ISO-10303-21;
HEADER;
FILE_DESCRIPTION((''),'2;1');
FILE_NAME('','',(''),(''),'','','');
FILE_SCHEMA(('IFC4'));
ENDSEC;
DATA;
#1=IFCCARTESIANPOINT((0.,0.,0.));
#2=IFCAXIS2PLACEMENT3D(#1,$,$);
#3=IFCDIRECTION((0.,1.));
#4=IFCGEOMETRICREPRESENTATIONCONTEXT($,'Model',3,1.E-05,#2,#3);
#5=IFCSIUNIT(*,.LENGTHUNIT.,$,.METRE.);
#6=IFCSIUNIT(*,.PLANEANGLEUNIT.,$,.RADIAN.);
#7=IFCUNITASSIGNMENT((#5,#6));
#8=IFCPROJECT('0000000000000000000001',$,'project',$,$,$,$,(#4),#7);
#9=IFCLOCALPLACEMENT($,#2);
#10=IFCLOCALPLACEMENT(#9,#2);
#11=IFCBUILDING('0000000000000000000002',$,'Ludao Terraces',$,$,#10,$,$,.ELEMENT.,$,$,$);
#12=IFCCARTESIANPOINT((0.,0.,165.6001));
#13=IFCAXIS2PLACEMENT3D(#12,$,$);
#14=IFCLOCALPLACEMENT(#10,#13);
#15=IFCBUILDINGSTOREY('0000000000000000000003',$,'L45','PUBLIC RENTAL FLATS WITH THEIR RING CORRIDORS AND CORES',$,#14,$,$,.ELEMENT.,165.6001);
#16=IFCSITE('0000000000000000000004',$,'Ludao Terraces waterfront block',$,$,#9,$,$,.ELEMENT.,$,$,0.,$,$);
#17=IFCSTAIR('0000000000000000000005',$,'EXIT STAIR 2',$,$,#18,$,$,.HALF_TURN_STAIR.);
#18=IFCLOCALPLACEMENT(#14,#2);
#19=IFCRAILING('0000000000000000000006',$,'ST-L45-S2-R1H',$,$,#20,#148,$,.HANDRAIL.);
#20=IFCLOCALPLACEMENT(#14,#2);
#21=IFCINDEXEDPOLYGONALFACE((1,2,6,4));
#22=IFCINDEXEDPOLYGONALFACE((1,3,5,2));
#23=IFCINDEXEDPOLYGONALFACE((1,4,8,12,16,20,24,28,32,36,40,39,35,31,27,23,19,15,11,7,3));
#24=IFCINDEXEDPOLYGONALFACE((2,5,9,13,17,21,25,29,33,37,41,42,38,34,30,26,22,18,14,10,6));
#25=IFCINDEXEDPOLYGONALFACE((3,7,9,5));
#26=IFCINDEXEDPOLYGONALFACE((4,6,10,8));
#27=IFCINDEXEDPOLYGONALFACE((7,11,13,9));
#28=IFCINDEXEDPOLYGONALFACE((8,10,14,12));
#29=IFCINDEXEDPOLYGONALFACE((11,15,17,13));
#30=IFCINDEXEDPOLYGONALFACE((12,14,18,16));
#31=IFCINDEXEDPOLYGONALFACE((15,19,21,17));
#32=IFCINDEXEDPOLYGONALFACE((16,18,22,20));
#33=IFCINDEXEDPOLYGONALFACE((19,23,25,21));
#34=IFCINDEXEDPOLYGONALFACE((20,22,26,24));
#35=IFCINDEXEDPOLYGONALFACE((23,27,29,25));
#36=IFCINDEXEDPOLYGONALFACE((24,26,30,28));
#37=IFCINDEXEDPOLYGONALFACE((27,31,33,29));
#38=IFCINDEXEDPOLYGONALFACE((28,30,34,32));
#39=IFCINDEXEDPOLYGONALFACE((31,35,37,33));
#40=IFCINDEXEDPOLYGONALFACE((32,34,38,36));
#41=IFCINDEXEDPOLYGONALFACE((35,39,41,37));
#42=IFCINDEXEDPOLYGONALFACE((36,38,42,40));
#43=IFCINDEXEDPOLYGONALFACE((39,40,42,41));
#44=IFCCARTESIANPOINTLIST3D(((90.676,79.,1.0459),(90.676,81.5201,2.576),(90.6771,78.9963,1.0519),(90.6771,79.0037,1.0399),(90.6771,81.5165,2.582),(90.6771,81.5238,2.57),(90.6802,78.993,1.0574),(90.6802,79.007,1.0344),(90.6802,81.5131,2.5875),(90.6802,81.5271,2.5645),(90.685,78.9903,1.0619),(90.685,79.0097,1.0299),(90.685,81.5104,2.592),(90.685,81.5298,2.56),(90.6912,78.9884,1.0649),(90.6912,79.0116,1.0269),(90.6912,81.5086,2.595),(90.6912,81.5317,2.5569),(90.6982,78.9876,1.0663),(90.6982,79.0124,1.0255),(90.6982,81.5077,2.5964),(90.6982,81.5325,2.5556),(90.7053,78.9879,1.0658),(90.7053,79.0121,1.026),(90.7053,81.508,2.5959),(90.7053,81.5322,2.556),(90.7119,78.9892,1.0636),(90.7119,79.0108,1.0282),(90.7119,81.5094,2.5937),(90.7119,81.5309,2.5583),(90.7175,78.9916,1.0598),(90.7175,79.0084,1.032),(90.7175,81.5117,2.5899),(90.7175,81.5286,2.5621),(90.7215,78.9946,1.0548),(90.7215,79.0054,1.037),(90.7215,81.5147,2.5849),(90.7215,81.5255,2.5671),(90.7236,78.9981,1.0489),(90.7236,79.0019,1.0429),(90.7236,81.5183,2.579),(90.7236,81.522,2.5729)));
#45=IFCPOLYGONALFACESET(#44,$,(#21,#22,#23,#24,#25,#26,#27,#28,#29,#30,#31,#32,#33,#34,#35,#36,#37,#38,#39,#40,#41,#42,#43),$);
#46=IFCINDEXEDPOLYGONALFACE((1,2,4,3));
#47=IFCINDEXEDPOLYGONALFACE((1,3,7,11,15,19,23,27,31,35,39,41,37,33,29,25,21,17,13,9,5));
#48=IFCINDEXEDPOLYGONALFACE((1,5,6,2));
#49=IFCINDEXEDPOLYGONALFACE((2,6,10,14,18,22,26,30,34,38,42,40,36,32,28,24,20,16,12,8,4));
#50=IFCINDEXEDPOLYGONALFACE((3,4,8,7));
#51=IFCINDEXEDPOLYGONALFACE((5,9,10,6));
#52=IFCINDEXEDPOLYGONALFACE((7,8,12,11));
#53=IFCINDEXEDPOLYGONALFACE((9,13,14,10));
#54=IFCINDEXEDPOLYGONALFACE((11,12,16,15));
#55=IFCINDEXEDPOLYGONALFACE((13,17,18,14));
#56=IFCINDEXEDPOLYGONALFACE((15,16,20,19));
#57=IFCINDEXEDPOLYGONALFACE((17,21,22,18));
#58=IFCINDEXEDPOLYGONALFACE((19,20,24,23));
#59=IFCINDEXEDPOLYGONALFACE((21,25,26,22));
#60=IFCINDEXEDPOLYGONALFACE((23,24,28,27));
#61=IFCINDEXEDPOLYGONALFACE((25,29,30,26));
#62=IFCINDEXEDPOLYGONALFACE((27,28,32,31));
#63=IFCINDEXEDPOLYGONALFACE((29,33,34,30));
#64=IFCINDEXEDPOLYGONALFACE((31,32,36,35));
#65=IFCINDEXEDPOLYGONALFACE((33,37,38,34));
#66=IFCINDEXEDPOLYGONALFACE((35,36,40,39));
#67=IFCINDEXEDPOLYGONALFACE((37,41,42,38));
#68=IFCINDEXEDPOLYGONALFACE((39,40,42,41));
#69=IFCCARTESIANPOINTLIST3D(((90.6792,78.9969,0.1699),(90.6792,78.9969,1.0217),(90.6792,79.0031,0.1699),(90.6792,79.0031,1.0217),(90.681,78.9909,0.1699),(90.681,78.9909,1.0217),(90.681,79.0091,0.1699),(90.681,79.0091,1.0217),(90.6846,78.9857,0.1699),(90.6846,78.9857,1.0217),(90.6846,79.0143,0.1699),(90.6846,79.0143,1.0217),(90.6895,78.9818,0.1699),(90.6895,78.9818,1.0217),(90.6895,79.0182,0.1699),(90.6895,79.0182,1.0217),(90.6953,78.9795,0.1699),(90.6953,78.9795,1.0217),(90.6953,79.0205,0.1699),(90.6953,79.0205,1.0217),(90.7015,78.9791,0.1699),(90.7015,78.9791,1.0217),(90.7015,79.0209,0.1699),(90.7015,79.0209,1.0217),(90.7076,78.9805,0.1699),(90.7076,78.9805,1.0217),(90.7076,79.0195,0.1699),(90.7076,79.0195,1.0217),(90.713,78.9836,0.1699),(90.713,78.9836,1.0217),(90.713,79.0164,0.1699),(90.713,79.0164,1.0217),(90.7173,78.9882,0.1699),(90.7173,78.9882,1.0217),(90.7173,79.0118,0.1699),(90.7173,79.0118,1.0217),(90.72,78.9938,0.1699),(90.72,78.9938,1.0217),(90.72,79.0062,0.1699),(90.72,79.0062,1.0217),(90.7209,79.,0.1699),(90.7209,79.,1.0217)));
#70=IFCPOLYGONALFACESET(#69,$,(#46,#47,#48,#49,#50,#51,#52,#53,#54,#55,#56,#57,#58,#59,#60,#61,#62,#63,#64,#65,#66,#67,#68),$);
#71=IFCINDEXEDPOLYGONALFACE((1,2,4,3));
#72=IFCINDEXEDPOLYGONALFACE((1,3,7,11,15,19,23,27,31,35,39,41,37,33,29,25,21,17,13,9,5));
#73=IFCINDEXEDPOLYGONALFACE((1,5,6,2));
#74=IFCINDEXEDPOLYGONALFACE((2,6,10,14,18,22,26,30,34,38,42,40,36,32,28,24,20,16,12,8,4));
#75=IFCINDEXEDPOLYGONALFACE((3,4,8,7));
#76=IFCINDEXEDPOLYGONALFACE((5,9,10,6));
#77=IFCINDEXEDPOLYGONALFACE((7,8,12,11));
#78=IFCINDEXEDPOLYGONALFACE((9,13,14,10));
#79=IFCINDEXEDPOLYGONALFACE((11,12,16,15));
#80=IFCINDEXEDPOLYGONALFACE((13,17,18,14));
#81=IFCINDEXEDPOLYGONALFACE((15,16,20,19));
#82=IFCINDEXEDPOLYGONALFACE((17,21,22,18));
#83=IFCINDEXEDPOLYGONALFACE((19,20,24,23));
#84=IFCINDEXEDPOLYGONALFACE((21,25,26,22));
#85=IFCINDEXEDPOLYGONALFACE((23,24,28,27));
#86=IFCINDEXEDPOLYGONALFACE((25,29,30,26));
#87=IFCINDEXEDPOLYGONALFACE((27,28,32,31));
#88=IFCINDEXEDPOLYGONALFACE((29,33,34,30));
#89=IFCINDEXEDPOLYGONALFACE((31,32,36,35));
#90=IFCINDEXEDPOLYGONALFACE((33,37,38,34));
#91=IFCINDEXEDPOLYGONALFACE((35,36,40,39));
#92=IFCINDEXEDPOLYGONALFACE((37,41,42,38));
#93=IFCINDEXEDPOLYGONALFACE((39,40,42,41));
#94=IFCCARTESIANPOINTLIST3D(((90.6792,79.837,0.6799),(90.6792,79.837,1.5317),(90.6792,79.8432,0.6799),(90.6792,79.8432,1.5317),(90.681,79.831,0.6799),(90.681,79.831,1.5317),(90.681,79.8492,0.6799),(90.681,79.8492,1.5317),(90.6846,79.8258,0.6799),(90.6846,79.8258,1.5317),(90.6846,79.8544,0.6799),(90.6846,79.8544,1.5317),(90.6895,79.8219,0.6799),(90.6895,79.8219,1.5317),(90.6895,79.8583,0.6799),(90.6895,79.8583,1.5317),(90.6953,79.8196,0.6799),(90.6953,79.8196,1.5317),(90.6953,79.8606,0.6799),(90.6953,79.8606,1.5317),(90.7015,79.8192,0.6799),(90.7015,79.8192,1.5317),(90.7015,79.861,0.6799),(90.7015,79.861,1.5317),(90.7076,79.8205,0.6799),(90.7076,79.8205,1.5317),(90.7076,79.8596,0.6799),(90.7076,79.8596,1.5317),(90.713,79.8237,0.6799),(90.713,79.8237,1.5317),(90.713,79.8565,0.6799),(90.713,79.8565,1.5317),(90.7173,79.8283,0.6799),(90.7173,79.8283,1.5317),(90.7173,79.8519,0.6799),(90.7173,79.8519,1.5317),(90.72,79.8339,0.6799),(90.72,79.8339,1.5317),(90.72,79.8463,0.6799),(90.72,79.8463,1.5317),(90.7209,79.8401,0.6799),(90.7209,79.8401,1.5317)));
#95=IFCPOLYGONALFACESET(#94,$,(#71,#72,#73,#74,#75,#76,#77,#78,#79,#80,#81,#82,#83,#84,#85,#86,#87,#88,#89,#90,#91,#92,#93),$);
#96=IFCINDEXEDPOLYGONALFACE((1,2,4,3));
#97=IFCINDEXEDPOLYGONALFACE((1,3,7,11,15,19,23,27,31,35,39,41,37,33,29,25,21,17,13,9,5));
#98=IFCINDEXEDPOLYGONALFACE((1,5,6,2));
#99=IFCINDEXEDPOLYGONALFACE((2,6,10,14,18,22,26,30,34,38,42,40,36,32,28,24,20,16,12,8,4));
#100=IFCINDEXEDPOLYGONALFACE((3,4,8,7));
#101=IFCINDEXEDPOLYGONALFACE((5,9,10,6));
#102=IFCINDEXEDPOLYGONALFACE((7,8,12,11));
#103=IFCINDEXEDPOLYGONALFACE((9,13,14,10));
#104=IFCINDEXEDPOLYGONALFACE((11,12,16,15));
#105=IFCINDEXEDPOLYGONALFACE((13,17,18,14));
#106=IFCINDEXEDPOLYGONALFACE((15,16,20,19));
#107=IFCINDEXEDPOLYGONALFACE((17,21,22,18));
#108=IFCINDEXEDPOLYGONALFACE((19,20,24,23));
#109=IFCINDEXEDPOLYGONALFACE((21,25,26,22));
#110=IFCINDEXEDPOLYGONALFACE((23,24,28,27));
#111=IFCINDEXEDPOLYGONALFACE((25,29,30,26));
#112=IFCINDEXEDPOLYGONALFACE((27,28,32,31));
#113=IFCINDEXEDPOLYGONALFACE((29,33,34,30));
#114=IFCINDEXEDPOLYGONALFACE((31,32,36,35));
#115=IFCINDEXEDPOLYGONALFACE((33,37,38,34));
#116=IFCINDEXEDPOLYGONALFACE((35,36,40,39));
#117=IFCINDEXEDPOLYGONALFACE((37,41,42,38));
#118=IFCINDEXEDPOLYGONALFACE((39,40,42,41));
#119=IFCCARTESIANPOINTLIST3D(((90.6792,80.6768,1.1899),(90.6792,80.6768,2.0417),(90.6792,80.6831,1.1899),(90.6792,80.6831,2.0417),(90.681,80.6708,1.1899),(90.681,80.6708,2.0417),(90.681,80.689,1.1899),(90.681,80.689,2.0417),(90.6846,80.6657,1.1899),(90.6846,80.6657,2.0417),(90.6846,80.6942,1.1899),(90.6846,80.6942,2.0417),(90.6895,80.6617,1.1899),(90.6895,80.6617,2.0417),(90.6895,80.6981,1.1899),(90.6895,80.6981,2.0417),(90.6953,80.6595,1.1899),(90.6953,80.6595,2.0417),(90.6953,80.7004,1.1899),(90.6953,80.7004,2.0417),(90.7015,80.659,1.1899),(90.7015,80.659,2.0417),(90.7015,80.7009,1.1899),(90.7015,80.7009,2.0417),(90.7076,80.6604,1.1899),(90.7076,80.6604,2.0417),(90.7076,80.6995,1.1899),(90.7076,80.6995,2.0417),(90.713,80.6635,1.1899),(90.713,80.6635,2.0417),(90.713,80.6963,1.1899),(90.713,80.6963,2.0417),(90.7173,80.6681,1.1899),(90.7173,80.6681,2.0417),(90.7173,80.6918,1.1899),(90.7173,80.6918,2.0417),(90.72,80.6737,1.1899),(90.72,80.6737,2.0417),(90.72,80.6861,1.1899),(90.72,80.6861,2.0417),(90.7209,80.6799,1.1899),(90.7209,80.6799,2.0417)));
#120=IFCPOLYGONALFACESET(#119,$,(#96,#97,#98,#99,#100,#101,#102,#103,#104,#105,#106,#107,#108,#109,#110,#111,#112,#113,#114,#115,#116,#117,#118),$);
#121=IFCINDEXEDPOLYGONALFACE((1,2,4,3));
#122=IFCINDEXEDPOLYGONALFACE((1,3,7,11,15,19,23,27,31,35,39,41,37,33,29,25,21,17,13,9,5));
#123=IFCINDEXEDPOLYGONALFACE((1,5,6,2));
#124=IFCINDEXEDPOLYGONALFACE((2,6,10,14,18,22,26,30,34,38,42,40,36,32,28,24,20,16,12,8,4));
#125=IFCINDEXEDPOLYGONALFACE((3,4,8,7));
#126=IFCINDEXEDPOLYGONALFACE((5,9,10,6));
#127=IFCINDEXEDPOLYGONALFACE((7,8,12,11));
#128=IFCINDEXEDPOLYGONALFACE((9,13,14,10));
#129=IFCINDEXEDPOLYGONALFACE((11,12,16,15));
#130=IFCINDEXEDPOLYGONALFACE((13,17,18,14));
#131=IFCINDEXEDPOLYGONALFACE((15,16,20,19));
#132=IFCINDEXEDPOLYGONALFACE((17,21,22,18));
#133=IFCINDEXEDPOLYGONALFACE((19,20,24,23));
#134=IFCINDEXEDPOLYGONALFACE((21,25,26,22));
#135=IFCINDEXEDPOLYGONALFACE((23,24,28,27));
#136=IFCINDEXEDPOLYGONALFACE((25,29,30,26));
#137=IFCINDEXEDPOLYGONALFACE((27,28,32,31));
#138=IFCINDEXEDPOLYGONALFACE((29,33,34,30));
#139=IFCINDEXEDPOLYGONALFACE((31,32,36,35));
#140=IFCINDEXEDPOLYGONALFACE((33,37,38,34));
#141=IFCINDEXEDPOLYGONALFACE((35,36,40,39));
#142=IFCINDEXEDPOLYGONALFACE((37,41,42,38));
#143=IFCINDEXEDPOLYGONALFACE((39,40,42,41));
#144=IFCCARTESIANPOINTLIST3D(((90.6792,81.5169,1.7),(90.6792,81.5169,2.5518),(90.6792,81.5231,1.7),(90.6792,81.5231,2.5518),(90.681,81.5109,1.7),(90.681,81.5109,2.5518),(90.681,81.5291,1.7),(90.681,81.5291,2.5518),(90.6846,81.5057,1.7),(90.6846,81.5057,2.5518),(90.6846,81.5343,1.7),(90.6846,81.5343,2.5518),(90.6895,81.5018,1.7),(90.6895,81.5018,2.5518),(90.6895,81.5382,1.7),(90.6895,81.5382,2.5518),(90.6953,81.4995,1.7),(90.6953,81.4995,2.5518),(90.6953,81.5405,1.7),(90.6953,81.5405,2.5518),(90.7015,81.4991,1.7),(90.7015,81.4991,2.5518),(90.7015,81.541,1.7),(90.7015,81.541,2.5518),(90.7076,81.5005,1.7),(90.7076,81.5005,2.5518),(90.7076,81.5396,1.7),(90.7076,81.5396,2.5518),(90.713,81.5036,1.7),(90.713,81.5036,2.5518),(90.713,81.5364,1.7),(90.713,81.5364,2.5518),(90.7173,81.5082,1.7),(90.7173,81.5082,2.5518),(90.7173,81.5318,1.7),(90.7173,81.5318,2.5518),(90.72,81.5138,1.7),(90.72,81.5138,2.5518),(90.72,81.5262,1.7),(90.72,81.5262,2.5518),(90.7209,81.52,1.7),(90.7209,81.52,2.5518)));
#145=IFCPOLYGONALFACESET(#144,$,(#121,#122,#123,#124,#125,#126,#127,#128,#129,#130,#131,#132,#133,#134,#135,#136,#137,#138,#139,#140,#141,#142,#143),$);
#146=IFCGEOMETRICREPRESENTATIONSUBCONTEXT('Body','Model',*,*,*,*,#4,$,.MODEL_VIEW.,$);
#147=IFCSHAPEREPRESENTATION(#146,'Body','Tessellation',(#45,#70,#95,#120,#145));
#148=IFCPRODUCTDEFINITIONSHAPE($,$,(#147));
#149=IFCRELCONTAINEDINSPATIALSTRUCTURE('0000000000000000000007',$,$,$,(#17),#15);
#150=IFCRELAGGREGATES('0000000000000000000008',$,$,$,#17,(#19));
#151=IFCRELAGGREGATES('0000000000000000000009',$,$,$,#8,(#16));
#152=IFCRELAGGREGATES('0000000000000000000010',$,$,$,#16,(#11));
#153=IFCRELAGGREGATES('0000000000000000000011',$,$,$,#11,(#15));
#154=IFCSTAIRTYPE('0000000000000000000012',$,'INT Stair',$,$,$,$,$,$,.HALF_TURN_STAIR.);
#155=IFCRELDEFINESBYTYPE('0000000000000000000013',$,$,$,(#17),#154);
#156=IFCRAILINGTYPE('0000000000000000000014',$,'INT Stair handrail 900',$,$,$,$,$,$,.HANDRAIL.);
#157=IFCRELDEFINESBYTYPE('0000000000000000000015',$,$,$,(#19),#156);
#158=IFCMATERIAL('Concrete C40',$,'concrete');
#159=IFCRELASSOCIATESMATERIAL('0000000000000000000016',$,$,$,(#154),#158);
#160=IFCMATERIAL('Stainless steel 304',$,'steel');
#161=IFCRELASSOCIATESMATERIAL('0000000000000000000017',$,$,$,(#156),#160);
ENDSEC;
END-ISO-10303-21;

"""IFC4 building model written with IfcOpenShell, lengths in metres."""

from ifc_helpers import new_model, si_unit, direction, frame, origin, origin_2d, place, context, subcontext, project, spatial, circle, extrude, material, type_object, element, aggregate, save


model = new_model("IFC4")

# Units and contexts
model_context = context("Model", 3, precision=1e-05, world=origin(), true_north=direction((0.0, 1.0)))
body_context = subcontext(model_context, "Body", "Model", "MODEL_VIEW")
ifc_project = project(units=[si_unit("LENGTHUNIT", "METRE"), si_unit("PLANEANGLEUNIT", "RADIAN")], contexts=[model_context])

# Site, building, storey
site_placement = place(None, origin())
site = spatial("IfcSite", under=ifc_project, at=site_placement, Name="Ludao Terraces waterfront block", CompositionType="ELEMENT", RefElevation=0.0)
building_placement = place(site_placement, origin())
building = spatial("IfcBuilding", under=site, at=building_placement, Name="Ludao Terraces", CompositionType="ELEMENT")
storey_placement = place(building_placement, frame((0.0, 0.0, 165.6001)))
storey = spatial("IfcBuildingStorey", under=building, at=storey_placement, Name="L45", Description="PUBLIC RENTAL FLATS WITH THEIR RING CORRIDORS AND CORES", CompositionType="ELEMENT", Elevation=165.6001)

# Shared definitions
ifc_material_1 = material(Name="Stainless steel 304", Category="steel")

# Stair, railing
ifc_material_2 = material(Name="Concrete C40", Category="concrete")
stair_type = type_object("IfcStairType", Name="INT Stair", PredefinedType="HALF_TURN_STAIR", material=ifc_material_2)
stair_placement = place(storey_placement, origin())
stair = element("IfcStair", 1, at=stair_placement, inside=storey, type_object=stair_type, Name="EXIT STAIR 2", PredefinedType="HALF_TURN_STAIR")
railing_type_1 = type_object("IfcRailingType", Name="INT Stair handrail 900", PredefinedType="HANDRAIL", material=ifc_material_1)
railing_1_placement = place(storey_placement, frame((90.7, 79.0, 0.1699)))
railing_1 = element("IfcRailing", 2, at=railing_1_placement, type_object=railing_type_1, Name="ST-L45-S2-R1H", PredefinedType="HANDRAIL", context=body_context, shape_type="SweptSolid", body=[
    extrude(circle(Radius=0.0239, at=origin_2d()), frame((0.0, 0.0, 0.876), z_axis=(0.0, 0.854785, 0.518982), x_axis=(-1.0, 0.0, 0.0)), (0.0, 0.0, 1.0), 2.9482),
    extrude(circle(Radius=0.021, at=origin_2d()), origin(), (0.0, 0.0, 1.0), 0.8518),
    extrude(circle(Radius=0.021, at=origin_2d()), frame((0.0, 0.8401, 0.51)), (0.0, 0.0, 1.0), 0.8518),
    extrude(circle(Radius=0.021, at=origin_2d()), frame((0.0, 1.6799, 1.02)), (0.0, 0.0, 1.0), 0.8518),
    extrude(circle(Radius=0.021, at=origin_2d()), frame((0.0, 2.52, 1.53)), (0.0, 0.0, 1.0), 0.8518),
])
aggregate(stair, [railing_1])

save(model, "model.ifc")
